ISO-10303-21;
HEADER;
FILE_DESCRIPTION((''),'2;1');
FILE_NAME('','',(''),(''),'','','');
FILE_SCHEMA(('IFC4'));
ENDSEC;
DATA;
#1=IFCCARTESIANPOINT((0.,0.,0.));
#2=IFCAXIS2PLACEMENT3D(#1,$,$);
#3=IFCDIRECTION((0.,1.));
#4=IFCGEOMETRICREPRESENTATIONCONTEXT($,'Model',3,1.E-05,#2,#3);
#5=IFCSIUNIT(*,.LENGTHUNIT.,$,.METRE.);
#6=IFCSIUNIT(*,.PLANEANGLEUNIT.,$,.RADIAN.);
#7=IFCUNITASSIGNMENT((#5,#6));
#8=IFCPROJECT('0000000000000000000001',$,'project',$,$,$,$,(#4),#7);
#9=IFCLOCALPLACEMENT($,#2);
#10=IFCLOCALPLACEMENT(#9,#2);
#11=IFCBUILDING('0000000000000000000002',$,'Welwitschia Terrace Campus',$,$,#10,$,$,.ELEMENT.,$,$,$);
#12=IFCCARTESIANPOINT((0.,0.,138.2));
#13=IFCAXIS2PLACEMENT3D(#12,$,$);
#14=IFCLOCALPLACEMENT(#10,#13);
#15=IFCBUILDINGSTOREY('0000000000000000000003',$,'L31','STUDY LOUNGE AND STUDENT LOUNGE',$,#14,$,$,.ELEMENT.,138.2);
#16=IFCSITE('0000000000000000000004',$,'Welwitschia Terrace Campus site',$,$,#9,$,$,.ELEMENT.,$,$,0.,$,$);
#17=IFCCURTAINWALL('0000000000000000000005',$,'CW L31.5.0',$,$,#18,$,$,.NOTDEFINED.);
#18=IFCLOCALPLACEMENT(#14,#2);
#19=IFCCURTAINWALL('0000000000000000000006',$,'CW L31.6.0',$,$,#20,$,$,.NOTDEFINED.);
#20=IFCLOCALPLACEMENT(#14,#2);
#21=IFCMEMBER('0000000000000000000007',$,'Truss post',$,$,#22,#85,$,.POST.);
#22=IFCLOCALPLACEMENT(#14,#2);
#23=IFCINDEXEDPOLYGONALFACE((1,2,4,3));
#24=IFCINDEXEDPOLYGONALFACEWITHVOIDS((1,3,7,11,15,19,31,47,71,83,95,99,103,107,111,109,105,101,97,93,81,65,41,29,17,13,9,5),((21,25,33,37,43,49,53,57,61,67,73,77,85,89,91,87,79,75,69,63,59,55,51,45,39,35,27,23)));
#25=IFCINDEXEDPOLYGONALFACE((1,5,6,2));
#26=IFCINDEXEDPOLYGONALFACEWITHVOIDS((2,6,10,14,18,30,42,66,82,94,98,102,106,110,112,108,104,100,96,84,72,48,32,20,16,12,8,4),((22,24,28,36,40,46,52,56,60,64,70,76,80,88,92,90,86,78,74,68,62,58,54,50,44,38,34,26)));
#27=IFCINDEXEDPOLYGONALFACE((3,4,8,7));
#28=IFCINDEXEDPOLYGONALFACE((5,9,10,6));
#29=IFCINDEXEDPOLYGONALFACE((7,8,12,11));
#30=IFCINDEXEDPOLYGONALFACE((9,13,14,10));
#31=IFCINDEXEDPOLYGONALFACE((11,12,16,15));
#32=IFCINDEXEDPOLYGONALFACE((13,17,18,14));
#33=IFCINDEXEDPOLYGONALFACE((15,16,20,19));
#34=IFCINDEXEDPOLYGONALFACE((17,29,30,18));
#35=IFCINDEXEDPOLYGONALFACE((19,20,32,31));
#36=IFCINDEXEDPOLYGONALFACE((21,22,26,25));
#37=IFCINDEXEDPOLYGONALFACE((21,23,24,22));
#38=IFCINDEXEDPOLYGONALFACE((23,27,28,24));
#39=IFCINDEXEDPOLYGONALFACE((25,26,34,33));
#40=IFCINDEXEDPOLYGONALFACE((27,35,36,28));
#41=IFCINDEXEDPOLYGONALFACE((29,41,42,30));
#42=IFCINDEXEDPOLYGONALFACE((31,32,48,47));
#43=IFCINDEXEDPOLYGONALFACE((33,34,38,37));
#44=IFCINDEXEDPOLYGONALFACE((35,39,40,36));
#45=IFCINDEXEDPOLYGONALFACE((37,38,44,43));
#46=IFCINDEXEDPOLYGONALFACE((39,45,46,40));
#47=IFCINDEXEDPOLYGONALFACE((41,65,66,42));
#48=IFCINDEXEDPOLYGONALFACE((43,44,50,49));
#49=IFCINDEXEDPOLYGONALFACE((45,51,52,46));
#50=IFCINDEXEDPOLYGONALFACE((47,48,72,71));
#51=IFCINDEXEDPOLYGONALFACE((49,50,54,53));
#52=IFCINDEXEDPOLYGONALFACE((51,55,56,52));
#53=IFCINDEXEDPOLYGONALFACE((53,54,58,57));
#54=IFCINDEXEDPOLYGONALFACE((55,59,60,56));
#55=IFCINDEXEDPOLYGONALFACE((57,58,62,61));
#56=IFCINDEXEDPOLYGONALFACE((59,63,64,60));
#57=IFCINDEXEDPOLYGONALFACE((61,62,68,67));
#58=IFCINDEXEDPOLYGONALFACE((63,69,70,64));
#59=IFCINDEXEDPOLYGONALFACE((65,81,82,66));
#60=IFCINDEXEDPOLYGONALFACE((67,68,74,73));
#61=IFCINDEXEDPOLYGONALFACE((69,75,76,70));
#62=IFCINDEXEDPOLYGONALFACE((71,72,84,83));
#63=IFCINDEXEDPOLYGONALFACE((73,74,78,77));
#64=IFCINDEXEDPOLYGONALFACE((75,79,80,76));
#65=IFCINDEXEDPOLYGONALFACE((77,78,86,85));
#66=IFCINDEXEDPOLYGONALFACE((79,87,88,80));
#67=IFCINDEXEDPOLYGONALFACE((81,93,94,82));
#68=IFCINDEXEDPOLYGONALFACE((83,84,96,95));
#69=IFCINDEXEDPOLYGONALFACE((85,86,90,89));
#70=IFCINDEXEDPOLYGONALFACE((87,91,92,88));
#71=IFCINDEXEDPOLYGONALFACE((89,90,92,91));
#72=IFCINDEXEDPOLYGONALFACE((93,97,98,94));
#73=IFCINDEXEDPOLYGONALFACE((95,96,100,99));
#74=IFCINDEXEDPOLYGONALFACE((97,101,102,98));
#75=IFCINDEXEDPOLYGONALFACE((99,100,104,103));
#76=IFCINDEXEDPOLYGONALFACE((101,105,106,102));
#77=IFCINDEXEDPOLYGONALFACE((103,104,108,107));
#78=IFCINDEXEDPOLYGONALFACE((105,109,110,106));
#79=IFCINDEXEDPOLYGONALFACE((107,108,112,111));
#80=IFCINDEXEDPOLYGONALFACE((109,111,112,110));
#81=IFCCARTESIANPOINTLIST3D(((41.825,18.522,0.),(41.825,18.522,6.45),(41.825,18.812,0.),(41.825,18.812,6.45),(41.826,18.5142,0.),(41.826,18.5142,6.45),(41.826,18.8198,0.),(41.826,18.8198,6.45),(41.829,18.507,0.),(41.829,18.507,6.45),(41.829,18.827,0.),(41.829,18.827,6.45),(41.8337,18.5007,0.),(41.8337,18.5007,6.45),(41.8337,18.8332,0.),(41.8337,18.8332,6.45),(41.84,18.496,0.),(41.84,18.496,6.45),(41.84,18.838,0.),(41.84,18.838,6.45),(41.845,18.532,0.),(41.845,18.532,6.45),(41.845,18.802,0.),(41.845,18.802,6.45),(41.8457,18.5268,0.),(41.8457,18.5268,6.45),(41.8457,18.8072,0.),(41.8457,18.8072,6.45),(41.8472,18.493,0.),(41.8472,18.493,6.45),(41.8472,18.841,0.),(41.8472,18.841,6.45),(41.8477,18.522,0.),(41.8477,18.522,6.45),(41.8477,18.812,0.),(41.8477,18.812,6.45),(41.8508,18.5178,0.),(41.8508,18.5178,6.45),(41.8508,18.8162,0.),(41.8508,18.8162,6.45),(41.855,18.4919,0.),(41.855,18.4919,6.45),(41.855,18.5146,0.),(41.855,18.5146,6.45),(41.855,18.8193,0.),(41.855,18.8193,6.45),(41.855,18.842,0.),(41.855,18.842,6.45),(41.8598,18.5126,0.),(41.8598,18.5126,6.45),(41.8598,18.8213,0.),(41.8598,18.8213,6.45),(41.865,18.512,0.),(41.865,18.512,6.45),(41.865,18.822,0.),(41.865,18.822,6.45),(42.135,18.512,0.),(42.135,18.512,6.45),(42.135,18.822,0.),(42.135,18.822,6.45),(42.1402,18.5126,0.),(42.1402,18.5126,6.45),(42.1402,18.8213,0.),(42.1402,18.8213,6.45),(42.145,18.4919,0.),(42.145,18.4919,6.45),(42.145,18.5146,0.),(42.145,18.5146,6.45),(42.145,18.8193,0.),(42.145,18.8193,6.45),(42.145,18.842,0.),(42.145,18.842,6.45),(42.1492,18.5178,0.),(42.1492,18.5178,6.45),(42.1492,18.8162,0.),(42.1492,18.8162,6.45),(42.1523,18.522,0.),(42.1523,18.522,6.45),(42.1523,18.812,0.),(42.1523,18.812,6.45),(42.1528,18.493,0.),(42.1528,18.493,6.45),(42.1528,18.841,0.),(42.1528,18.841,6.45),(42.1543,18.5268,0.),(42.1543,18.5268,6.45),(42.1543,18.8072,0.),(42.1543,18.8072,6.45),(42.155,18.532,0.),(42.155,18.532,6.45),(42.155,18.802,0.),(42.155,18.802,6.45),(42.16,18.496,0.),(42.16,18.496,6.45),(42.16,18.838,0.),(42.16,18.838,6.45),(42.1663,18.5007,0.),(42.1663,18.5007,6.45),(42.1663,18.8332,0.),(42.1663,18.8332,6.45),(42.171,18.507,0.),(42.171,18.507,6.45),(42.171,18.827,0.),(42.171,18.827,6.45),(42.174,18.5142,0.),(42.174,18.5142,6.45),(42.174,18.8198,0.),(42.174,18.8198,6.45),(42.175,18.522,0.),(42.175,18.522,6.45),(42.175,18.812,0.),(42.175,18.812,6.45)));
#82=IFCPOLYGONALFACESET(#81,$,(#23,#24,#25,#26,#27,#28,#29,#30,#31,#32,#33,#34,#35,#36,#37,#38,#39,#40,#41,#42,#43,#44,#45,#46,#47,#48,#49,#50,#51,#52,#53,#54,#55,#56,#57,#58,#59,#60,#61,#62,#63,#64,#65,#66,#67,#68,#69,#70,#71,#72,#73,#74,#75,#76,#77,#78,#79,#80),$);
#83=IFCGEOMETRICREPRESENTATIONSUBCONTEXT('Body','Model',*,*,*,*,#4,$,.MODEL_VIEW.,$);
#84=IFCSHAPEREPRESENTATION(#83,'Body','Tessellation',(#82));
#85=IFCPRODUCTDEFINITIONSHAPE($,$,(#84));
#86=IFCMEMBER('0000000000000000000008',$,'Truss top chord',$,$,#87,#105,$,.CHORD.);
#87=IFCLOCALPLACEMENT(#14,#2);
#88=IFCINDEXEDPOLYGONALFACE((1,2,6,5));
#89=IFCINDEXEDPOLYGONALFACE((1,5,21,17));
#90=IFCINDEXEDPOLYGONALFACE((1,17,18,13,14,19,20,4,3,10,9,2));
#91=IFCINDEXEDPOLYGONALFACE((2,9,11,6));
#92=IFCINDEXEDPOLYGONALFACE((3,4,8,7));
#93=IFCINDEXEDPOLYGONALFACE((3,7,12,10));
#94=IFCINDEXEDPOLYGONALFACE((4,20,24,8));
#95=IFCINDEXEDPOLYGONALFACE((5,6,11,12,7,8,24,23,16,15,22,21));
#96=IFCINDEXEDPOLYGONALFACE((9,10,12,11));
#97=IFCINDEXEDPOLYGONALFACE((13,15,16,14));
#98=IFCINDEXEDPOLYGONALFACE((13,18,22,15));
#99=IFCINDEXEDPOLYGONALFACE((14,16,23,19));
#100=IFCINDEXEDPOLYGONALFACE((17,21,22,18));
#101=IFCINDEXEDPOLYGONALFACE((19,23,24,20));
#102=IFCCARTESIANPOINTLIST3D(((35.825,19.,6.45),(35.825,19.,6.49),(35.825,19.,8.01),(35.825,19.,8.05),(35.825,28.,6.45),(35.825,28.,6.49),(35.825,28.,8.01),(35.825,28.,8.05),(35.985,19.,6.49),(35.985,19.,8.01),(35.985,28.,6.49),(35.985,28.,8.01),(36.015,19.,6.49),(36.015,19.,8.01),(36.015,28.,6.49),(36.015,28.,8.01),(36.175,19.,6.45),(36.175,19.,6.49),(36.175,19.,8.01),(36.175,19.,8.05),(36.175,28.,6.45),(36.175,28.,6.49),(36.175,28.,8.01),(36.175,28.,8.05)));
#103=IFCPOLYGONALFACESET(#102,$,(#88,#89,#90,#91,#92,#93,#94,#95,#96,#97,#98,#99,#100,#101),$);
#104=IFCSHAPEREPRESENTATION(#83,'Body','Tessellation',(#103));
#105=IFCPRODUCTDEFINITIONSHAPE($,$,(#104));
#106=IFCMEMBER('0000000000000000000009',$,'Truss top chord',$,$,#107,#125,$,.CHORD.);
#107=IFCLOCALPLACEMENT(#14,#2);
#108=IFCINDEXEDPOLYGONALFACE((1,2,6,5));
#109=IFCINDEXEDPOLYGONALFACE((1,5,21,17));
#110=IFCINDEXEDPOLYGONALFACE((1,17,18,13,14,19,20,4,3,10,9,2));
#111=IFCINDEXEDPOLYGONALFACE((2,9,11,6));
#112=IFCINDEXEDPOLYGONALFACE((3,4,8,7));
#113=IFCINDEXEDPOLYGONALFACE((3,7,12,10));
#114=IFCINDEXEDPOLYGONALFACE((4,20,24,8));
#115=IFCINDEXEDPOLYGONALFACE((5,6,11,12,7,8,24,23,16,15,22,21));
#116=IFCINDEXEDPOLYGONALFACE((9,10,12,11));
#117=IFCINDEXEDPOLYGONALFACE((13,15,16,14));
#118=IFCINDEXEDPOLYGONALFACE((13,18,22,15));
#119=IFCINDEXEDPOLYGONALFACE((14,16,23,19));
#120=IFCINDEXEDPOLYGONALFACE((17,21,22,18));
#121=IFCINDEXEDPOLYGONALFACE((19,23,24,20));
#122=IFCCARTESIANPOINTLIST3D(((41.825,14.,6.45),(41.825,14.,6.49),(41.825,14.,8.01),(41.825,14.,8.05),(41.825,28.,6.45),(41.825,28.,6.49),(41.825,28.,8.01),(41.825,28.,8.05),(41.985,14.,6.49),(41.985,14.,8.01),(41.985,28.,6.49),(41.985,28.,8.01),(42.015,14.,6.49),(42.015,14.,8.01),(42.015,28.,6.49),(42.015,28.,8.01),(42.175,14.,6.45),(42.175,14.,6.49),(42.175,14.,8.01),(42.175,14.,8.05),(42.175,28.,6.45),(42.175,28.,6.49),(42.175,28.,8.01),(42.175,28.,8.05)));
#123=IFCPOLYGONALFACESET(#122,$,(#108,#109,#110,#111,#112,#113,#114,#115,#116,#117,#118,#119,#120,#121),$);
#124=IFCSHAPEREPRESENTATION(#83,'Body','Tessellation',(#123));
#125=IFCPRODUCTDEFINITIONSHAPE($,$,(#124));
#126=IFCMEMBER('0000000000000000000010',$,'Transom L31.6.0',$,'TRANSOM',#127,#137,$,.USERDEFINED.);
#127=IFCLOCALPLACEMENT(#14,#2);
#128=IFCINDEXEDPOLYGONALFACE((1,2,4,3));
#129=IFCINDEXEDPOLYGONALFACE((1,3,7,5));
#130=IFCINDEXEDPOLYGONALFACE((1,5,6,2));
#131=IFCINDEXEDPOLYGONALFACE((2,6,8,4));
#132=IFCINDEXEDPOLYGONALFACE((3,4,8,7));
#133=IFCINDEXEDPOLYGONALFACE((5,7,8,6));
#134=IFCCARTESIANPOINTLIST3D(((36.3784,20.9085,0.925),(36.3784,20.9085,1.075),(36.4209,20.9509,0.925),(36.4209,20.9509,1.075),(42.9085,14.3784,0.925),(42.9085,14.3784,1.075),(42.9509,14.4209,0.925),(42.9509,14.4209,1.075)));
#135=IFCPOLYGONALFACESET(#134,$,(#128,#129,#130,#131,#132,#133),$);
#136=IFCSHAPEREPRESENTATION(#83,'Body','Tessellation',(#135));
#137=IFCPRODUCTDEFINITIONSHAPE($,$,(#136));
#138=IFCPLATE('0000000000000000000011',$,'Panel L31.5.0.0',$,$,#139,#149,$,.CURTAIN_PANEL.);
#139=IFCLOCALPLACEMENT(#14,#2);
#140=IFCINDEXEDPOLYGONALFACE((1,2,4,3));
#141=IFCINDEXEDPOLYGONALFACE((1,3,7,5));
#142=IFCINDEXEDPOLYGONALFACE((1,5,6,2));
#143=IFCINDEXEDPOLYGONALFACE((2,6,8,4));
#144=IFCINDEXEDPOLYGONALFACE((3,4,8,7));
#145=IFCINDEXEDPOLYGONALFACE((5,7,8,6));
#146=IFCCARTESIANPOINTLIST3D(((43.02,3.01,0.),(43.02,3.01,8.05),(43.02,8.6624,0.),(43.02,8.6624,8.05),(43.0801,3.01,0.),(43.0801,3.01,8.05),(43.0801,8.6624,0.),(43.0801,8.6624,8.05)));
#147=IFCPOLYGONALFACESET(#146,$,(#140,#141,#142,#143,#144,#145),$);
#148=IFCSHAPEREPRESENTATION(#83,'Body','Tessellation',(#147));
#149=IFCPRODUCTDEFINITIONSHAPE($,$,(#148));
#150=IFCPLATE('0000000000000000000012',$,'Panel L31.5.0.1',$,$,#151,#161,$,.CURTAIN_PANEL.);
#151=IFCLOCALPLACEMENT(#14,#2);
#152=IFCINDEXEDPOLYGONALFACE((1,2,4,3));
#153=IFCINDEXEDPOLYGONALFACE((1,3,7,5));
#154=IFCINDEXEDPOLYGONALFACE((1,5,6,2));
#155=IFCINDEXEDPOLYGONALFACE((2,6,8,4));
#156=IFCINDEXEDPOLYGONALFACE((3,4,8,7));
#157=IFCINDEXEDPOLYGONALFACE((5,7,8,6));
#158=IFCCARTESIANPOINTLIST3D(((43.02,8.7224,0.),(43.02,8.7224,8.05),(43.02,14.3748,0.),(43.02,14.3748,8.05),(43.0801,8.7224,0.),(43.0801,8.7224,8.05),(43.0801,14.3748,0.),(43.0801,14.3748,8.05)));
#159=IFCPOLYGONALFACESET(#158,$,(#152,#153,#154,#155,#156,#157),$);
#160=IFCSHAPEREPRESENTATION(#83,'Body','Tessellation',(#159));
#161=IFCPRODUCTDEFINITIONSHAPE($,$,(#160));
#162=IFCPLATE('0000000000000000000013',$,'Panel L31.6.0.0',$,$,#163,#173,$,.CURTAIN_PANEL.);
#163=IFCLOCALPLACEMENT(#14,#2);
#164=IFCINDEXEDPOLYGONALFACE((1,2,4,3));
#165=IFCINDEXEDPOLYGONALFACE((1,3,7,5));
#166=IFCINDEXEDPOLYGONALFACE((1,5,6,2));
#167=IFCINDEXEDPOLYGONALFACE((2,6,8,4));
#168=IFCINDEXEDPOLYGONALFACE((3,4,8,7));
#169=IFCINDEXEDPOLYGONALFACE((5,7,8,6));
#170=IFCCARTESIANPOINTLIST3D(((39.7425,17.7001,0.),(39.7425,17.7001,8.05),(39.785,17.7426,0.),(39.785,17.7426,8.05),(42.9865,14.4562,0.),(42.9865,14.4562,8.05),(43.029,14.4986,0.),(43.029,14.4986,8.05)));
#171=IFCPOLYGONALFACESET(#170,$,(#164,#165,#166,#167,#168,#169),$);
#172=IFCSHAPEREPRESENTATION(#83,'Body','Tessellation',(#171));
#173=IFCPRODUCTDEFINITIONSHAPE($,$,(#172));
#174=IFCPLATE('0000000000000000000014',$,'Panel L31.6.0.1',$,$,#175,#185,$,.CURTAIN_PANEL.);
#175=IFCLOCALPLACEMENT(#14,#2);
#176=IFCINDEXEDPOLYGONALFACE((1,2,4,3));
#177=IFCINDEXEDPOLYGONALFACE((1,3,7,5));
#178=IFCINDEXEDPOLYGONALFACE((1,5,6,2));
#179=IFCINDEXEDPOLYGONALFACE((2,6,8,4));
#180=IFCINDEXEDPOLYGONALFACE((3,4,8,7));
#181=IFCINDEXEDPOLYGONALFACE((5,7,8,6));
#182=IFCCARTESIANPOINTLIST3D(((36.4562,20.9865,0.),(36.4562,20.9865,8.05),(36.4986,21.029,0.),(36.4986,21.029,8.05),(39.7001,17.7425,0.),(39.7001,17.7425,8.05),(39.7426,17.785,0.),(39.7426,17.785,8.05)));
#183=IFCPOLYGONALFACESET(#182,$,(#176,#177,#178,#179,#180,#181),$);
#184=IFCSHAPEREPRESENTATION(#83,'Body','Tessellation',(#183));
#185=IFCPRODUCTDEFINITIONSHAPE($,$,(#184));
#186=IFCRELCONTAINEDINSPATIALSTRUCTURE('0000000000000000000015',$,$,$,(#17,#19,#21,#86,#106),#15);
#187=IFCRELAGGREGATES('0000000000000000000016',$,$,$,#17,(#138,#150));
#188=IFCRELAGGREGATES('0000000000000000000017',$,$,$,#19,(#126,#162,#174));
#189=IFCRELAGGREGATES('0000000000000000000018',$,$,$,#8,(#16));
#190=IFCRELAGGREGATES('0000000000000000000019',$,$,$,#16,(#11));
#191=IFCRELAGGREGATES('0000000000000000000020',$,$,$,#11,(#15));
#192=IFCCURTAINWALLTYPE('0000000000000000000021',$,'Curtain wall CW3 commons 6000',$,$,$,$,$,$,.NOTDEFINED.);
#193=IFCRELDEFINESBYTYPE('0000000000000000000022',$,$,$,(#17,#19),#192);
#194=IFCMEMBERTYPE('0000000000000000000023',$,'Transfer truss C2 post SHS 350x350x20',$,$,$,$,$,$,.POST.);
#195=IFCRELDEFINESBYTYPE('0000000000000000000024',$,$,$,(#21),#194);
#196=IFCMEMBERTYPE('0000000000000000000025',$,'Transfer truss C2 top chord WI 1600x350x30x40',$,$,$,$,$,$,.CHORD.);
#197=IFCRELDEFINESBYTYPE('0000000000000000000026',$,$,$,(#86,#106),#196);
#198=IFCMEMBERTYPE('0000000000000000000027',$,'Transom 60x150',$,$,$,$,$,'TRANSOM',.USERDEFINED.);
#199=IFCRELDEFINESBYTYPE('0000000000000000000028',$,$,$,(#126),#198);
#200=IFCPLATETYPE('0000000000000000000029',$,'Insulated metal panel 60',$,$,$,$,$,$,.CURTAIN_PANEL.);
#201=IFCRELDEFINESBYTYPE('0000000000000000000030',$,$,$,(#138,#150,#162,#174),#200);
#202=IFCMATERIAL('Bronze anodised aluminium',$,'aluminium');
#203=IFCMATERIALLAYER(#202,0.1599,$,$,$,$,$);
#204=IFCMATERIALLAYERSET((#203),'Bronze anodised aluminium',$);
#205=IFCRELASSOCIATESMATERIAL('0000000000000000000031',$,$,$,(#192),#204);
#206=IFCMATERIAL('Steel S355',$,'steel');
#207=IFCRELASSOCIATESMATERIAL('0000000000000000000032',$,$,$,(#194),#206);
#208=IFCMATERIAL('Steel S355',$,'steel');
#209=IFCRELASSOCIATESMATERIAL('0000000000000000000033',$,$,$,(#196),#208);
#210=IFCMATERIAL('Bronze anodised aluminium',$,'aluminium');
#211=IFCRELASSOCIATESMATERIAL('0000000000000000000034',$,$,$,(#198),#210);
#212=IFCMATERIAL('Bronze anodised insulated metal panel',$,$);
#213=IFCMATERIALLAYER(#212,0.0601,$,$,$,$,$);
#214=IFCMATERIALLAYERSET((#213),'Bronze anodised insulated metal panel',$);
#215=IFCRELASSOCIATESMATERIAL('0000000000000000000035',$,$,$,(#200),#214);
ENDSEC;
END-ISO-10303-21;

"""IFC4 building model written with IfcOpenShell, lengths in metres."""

from ifc_helpers import new_model, si_unit, direction, frame, origin, origin_2d, place, context, subcontext, project, spatial, rectangle, hollow_rectangle, i_section, extrude, material, layer, layer_set, material_profile, profile_set, type_object, element, aggregate, save


model = new_model("IFC4")

# Units and contexts
model_context = context("Model", 3, precision=1e-05, world=origin(), true_north=direction((0.0, 1.0)))
body_context = subcontext(model_context, "Body", "Model", "MODEL_VIEW")
ifc_project = project(units=[si_unit("LENGTHUNIT", "METRE"), si_unit("PLANEANGLEUNIT", "RADIAN")], contexts=[model_context])

# Site, building, storey
site_placement = place(None, origin())
site = spatial("IfcSite", under=ifc_project, at=site_placement, Name="Welwitschia Terrace Campus site", CompositionType="ELEMENT", RefElevation=0.0)
building_placement = place(site_placement, origin())
building = spatial("IfcBuilding", under=site, at=building_placement, Name="Welwitschia Terrace Campus", CompositionType="ELEMENT")
storey_placement = place(building_placement, frame((0.0, 0.0, 138.2)))
storey = spatial("IfcBuildingStorey", under=building, at=storey_placement, Name="L31", Description="STUDY LOUNGE AND STUDENT LOUNGE", CompositionType="ELEMENT", Elevation=138.2)

# Curtain walls
ifc_material_1 = material(Name="Bronze anodised aluminium", Category="aluminium")
ifc_layer_1 = layer(ifc_material_1, 0.1599)
ifc_layer_set_1 = layer_set([ifc_layer_1], Name="Bronze anodised aluminium")
curtain_wall_type = type_object("IfcCurtainWallType", Name="Curtain wall CW3 commons 6000", PredefinedType="NOTDEFINED", material=ifc_layer_set_1)
curtain_wall_1_placement = place(storey_placement, origin())
curtain_wall_1 = element("IfcCurtainWall", 1, at=curtain_wall_1_placement, inside=storey, type_object=curtain_wall_type, Name="CW L31.5.0", PredefinedType="NOTDEFINED")
curtain_wall_2_placement = place(storey_placement, origin())
curtain_wall_2 = element("IfcCurtainWall", 2, at=curtain_wall_2_placement, inside=storey, type_object=curtain_wall_type, Name="CW L31.6.0", PredefinedType="NOTDEFINED")

# Members
ifc_material_2 = material(Name="Steel S355", Category="steel")
ifc_material_profile_1 = material_profile(ifc_material_2, hollow_rectangle(XDim=0.3501, YDim=0.3501, WallThickness=0.02, InnerFilletRadius=0.02, OuterFilletRadius=0.03, at=origin_2d()))
ifc_profile_set_1 = profile_set([ifc_material_profile_1], Name="Steel S355")
member_type_1 = type_object("IfcMemberType", Name="Transfer truss C2 post SHS 350x350x20", PredefinedType="POST", material=ifc_profile_set_1)
for number, where, z_axis, x_axis, name in (
    (3, (42.0, 18.667, 0.0), (0.0, 0.0, 1.0), (1.0, 0.0, 0.0), "Truss post"),
):
    element("IfcMember", number, at=place(storey_placement, frame(where, z_axis=z_axis, x_axis=x_axis)), inside=storey, type_object=member_type_1, Name=name, PredefinedType="POST", context=body_context, shape_type="SweptSolid", body=[
        extrude(hollow_rectangle(XDim=0.3501, YDim=0.3501, WallThickness=0.02, InnerFilletRadius=0.02, OuterFilletRadius=0.03, at=origin_2d()), origin(), (0.0, 0.0, 1.0), 6.45),
    ])
ifc_material_3 = material(Name="Steel S355", Category="steel")
ifc_material_profile_2 = material_profile(ifc_material_3, i_section(OverallWidth=0.3501, OverallDepth=1.6001, WebThickness=0.03, FlangeThickness=0.04, at=origin_2d()))
ifc_profile_set_2 = profile_set([ifc_material_profile_2], Name="Steel S355")
member_type_2 = type_object("IfcMemberType", Name="Transfer truss C2 top chord WI 1600x350x30x40", PredefinedType="CHORD", material=ifc_profile_set_2)
member_1_placement = place(storey_placement, frame((36.0, 19.0, 7.25), z_axis=(0.0, 1.0, 0.0), x_axis=(-1.0, 0.0, 0.0)))
element("IfcMember", 4, at=member_1_placement, inside=storey, type_object=member_type_2, Name="Truss top chord", PredefinedType="CHORD", context=body_context, shape_type="SweptSolid", body=[
    extrude(i_section(OverallWidth=0.3501, OverallDepth=1.6001, WebThickness=0.03, FlangeThickness=0.04, at=origin_2d()), origin(), (0.0, 0.0, 1.0), 9.0),
])
member_2_placement = place(storey_placement, frame((42.0, 14.0, 7.25), z_axis=(0.0, 1.0, 0.0), x_axis=(-1.0, 0.0, 0.0)))
element("IfcMember", 5, at=member_2_placement, inside=storey, type_object=member_type_2, Name="Truss top chord", PredefinedType="CHORD", context=body_context, shape_type="SweptSolid", body=[
    extrude(i_section(OverallWidth=0.3501, OverallDepth=1.6001, WebThickness=0.03, FlangeThickness=0.04, at=origin_2d()), origin(), (0.0, 0.0, 1.0), 14.0),
])

# Member
ifc_material_4 = material(Name="Bronze anodised aluminium", Category="aluminium")
ifc_material_profile_3 = material_profile(ifc_material_4, rectangle(XDim=0.0601, YDim=0.1499, at=origin_2d()))
ifc_profile_set_3 = profile_set([ifc_material_profile_3], Name="Bronze anodised aluminium")
member_type_3 = type_object("IfcMemberType", Name="Transom 60x150", ElementType="TRANSOM", PredefinedType="USERDEFINED", material=ifc_profile_set_3)
member_3_placement = place(storey_placement, frame((42.9297, 14.3997, 1.0), z_axis=(-0.707107, 0.707107, 0.0), x_axis=(-0.707107, -0.707107, 0.0)))
member_3 = element("IfcMember", 6, at=member_3_placement, type_object=member_type_3, Name="Transom L31.6.0", ObjectType="TRANSOM", PredefinedType="USERDEFINED", context=body_context, shape_type="SweptSolid", body=[
    extrude(rectangle(XDim=0.0601, YDim=0.1499, at=origin_2d()), origin(), (0.0, 0.0, 1.0), 9.2349),
])

# Plates
ifc_material_5 = material(Name="Bronze anodised insulated metal panel")
ifc_layer_2 = layer(ifc_material_5, 0.0601)
ifc_layer_set_2 = layer_set([ifc_layer_2], Name="Bronze anodised insulated metal panel")
plate_type = type_object("IfcPlateType", Name="Insulated metal panel 60", PredefinedType="CURTAIN_PANEL", material=ifc_layer_set_2)
plate_1_placement = place(storey_placement, frame((43.05, 5.8362, 0.0), z_axis=(0.0, 0.0, 1.0), x_axis=(0.0, 1.0, 0.0)))
plate_1 = element("IfcPlate", 7, at=plate_1_placement, type_object=plate_type, Name="Panel L31.5.0.0", PredefinedType="CURTAIN_PANEL", context=body_context, shape_type="SweptSolid", body=[
    extrude(rectangle(XDim=5.6523, YDim=0.0601, at=origin_2d()), origin(), (0.0, 0.0, 1.0), 8.05),
])
plate_2_placement = place(storey_placement, frame((43.05, 11.5486, 0.0), z_axis=(0.0, 0.0, 1.0), x_axis=(0.0, 1.0, 0.0)))
plate_2 = element("IfcPlate", 8, at=plate_2_placement, type_object=plate_type, Name="Panel L31.5.0.1", PredefinedType="CURTAIN_PANEL", context=body_context, shape_type="SweptSolid", body=[
    extrude(rectangle(XDim=5.6523, YDim=0.0601, at=origin_2d()), origin(), (0.0, 0.0, 1.0), 8.05),
])
aggregate(curtain_wall_1, [plate_1, plate_2])
plate_3_placement = place(storey_placement, frame((41.3857, 16.0994, 0.0), z_axis=(0.0, 0.0, 1.0), x_axis=(-0.707107, 0.707107, 0.0)))
plate_3 = element("IfcPlate", 9, at=plate_3_placement, type_object=plate_type, Name="Panel L31.6.0.0", PredefinedType="CURTAIN_PANEL", context=body_context, shape_type="SweptSolid", body=[
    extrude(rectangle(XDim=4.5876, YDim=0.0601, at=origin_2d()), origin(), (0.0, 0.0, 1.0), 8.05),
])
plate_4_placement = place(storey_placement, frame((38.0994, 19.3857, 0.0), z_axis=(0.0, 0.0, 1.0), x_axis=(-0.707107, 0.707107, 0.0)))
plate_4 = element("IfcPlate", 10, at=plate_4_placement, type_object=plate_type, Name="Panel L31.6.0.1", PredefinedType="CURTAIN_PANEL", context=body_context, shape_type="SweptSolid", body=[
    extrude(rectangle(XDim=4.5876, YDim=0.0601, at=origin_2d()), origin(), (0.0, 0.0, 1.0), 8.05),
])
aggregate(curtain_wall_2, [member_3, plate_3, plate_4])

save(model, "model.ifc")
